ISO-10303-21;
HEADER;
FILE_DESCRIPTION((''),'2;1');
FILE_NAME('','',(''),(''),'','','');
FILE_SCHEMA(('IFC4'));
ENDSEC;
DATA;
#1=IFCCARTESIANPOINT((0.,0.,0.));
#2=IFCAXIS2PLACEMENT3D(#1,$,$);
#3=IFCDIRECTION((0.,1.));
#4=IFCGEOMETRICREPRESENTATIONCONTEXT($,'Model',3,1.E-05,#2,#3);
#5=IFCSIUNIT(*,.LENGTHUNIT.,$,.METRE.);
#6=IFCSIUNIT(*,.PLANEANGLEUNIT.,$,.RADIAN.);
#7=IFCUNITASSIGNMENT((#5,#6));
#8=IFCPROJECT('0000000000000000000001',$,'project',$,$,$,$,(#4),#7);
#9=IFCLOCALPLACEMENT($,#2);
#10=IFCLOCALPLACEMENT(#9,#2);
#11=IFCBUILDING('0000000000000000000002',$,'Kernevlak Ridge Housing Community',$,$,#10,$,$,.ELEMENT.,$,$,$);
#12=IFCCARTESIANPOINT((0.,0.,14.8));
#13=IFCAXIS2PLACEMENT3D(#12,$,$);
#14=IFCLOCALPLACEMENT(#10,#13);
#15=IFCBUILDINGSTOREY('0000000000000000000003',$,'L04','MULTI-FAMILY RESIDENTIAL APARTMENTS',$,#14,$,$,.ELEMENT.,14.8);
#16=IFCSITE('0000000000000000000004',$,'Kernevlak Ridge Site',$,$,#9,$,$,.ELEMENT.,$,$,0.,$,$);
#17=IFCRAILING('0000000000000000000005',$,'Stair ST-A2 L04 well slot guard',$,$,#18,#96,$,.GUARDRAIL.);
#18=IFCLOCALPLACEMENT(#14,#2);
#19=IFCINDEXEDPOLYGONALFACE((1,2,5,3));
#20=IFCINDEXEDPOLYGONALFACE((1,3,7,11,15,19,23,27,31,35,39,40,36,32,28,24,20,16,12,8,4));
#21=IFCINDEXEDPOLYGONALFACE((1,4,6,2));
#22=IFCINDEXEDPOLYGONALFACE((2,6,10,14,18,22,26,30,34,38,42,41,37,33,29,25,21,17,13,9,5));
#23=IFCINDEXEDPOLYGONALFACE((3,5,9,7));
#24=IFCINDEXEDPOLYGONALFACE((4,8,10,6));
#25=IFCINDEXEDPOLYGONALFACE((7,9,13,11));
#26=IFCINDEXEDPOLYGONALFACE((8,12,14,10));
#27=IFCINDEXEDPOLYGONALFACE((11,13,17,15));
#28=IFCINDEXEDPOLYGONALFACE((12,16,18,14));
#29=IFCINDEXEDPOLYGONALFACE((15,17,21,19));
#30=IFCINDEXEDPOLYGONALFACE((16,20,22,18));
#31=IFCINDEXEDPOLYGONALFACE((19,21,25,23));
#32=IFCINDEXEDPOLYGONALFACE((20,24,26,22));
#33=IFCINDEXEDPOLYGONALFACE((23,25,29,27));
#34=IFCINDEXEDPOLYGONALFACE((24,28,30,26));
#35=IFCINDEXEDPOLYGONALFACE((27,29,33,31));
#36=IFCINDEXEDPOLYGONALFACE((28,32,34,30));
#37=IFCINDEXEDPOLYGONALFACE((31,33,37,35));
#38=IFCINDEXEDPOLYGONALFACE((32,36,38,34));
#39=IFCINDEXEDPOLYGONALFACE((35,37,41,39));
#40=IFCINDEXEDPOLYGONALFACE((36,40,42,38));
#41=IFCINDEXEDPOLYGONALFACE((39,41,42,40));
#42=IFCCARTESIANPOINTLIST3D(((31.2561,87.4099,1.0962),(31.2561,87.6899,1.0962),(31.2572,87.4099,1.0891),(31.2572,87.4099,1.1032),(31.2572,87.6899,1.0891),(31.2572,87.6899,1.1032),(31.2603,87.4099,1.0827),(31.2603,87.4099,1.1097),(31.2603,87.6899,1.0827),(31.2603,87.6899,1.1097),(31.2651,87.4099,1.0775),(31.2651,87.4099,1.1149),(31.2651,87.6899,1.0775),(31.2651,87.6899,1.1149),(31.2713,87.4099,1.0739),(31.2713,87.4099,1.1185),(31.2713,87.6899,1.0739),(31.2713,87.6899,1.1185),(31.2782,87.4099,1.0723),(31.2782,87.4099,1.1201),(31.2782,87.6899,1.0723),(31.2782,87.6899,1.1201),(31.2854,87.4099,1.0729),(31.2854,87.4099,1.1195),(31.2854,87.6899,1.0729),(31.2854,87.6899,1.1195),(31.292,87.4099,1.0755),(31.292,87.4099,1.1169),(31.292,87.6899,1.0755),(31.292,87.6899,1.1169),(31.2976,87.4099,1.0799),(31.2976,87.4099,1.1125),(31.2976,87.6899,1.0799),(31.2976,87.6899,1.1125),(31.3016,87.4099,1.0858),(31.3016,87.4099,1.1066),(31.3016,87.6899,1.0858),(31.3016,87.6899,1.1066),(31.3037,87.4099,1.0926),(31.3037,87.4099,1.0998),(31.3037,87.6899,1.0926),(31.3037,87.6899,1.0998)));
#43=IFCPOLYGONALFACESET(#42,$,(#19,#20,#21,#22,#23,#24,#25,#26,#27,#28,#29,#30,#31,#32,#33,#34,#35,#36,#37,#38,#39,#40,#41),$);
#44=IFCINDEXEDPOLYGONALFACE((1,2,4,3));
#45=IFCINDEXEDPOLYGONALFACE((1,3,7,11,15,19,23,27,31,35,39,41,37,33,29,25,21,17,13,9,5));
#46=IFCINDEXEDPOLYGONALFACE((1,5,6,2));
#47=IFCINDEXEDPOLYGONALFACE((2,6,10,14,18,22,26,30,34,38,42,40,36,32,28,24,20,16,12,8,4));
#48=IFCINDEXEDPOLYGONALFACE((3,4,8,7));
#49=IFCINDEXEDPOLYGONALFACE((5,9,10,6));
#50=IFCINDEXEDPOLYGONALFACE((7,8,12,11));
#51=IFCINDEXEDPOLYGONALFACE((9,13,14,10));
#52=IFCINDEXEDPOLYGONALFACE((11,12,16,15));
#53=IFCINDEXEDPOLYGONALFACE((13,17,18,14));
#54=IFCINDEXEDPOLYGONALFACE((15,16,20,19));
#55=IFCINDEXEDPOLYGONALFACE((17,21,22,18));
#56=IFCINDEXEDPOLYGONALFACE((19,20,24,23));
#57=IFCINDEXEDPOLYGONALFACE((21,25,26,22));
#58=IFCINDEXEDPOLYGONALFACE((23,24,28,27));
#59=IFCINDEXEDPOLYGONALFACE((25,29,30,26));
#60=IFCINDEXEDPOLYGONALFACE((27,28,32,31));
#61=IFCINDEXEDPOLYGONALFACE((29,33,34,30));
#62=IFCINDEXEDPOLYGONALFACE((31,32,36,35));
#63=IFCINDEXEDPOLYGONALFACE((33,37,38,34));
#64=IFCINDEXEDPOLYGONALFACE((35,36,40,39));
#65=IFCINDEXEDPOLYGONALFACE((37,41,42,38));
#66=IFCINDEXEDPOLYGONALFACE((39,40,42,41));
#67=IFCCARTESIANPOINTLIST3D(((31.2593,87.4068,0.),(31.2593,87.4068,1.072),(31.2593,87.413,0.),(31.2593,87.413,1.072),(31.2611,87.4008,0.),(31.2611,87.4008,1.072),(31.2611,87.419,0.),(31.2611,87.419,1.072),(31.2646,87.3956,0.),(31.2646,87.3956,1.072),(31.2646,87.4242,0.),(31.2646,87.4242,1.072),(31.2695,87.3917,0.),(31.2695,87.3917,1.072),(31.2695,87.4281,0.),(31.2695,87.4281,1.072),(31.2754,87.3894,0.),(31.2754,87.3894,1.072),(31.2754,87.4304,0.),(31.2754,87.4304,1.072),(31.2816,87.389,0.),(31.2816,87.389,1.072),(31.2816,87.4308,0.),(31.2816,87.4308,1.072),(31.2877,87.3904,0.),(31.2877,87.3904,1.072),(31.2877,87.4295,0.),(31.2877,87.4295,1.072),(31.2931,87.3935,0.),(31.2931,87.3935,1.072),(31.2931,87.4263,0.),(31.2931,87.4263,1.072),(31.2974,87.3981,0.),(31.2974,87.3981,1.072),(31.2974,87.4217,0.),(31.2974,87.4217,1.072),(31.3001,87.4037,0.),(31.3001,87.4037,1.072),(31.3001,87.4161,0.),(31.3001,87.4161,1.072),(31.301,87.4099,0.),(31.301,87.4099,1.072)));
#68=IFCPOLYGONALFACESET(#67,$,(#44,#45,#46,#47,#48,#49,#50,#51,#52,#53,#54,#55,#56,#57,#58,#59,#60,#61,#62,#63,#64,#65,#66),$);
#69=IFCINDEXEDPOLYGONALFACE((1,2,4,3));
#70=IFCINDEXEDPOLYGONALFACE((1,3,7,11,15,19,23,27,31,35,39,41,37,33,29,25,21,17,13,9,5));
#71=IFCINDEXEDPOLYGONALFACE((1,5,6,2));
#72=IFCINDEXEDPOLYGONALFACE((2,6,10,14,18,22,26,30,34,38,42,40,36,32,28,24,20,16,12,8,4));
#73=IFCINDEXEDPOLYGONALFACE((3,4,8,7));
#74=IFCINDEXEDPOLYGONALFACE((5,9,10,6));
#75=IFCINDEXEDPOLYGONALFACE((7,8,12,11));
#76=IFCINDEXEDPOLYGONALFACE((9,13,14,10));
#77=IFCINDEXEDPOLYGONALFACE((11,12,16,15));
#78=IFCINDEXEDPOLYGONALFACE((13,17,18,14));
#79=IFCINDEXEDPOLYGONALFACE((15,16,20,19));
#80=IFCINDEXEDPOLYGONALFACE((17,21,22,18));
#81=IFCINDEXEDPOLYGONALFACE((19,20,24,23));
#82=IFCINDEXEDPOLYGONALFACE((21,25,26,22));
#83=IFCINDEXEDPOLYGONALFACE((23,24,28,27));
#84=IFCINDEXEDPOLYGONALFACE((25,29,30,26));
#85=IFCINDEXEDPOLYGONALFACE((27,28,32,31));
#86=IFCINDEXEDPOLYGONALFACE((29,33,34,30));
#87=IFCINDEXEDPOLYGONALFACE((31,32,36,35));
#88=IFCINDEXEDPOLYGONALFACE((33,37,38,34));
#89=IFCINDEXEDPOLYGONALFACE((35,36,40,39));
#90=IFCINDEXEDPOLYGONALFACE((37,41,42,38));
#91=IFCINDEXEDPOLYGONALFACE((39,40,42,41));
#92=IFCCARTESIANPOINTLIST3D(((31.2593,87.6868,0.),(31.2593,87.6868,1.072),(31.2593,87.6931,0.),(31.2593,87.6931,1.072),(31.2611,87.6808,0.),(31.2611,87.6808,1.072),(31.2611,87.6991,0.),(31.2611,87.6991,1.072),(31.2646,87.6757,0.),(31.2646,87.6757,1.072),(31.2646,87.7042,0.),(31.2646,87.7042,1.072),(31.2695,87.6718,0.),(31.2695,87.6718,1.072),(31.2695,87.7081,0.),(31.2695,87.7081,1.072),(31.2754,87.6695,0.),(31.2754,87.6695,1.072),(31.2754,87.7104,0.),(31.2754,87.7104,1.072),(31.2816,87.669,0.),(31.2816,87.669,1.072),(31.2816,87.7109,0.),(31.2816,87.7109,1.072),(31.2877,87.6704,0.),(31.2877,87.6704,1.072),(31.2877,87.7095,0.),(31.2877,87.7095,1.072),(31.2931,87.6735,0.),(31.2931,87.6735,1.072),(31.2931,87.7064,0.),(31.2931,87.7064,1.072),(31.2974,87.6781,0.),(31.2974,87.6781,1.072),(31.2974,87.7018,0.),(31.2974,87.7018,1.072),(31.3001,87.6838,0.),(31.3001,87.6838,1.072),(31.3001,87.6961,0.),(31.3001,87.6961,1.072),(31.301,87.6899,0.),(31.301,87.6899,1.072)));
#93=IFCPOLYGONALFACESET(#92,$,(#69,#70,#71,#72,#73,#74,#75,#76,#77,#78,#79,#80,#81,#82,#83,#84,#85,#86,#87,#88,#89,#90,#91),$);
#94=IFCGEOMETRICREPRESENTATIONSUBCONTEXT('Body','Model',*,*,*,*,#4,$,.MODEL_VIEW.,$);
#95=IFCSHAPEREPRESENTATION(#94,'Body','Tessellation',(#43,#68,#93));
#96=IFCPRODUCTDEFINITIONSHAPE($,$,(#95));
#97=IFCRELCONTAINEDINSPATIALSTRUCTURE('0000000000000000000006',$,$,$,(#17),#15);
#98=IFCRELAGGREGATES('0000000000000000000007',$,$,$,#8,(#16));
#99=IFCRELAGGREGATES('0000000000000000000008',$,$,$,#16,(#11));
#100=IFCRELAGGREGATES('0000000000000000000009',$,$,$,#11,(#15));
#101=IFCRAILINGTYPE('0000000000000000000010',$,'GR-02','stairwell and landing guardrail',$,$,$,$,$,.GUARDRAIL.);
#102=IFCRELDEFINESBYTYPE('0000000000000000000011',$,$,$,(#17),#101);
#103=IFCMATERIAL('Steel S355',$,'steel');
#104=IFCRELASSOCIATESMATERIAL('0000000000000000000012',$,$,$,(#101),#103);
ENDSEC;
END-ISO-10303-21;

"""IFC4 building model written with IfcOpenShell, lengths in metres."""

from ifc_helpers import new_model, si_unit, direction, frame, origin, origin_2d, place, context, subcontext, project, spatial, circle, extrude, material, type_object, element, save


model = new_model("IFC4")

# Units and contexts
model_context = context("Model", 3, precision=1e-05, world=origin(), true_north=direction((0.0, 1.0)))
body_context = subcontext(model_context, "Body", "Model", "MODEL_VIEW")
ifc_project = project(units=[si_unit("LENGTHUNIT", "METRE"), si_unit("PLANEANGLEUNIT", "RADIAN")], contexts=[model_context])

# Site, building, storey
site_placement = place(None, origin())
site = spatial("IfcSite", under=ifc_project, at=site_placement, Name="Kernevlak Ridge Site", CompositionType="ELEMENT", RefElevation=0.0)
building_placement = place(site_placement, origin())
building = spatial("IfcBuilding", under=site, at=building_placement, Name="Kernevlak Ridge Housing Community", CompositionType="ELEMENT")
storey_placement = place(building_placement, frame((0.0, 0.0, 14.8)))
storey = spatial("IfcBuildingStorey", under=building, at=storey_placement, Name="L04", Description="MULTI-FAMILY RESIDENTIAL APARTMENTS", CompositionType="ELEMENT", Elevation=14.8)

# Railing
ifc_material_1 = material(Name="Steel S355", Category="steel")
railing_type_1 = type_object("IfcRailingType", Name="GR-02", Description="stairwell and landing guardrail", PredefinedType="GUARDRAIL", material=ifc_material_1)
railing_1_placement = place(storey_placement, frame((31.28, 87.4099, 0.0)))
element("IfcRailing", 1, at=railing_1_placement, inside=storey, type_object=railing_type_1, Name="Stair ST-A2 L04 well slot guard", PredefinedType="GUARDRAIL", context=body_context, shape_type="SweptSolid", body=[
    extrude(circle(Radius=0.0239, at=origin_2d()), frame((0.0, 0.0, 1.0962), z_axis=(0.0, 1.0, 0.0), x_axis=(-1.0, 0.0, 0.0)), (0.0, 0.0, 1.0), 0.28),
    extrude(circle(Radius=0.021, at=origin_2d()), origin(), (0.0, 0.0, 1.0), 1.072),
    extrude(circle(Radius=0.021, at=origin_2d()), frame((0.0, 0.28, 0.0)), (0.0, 0.0, 1.0), 1.072),
])

save(model, "model.ifc")
